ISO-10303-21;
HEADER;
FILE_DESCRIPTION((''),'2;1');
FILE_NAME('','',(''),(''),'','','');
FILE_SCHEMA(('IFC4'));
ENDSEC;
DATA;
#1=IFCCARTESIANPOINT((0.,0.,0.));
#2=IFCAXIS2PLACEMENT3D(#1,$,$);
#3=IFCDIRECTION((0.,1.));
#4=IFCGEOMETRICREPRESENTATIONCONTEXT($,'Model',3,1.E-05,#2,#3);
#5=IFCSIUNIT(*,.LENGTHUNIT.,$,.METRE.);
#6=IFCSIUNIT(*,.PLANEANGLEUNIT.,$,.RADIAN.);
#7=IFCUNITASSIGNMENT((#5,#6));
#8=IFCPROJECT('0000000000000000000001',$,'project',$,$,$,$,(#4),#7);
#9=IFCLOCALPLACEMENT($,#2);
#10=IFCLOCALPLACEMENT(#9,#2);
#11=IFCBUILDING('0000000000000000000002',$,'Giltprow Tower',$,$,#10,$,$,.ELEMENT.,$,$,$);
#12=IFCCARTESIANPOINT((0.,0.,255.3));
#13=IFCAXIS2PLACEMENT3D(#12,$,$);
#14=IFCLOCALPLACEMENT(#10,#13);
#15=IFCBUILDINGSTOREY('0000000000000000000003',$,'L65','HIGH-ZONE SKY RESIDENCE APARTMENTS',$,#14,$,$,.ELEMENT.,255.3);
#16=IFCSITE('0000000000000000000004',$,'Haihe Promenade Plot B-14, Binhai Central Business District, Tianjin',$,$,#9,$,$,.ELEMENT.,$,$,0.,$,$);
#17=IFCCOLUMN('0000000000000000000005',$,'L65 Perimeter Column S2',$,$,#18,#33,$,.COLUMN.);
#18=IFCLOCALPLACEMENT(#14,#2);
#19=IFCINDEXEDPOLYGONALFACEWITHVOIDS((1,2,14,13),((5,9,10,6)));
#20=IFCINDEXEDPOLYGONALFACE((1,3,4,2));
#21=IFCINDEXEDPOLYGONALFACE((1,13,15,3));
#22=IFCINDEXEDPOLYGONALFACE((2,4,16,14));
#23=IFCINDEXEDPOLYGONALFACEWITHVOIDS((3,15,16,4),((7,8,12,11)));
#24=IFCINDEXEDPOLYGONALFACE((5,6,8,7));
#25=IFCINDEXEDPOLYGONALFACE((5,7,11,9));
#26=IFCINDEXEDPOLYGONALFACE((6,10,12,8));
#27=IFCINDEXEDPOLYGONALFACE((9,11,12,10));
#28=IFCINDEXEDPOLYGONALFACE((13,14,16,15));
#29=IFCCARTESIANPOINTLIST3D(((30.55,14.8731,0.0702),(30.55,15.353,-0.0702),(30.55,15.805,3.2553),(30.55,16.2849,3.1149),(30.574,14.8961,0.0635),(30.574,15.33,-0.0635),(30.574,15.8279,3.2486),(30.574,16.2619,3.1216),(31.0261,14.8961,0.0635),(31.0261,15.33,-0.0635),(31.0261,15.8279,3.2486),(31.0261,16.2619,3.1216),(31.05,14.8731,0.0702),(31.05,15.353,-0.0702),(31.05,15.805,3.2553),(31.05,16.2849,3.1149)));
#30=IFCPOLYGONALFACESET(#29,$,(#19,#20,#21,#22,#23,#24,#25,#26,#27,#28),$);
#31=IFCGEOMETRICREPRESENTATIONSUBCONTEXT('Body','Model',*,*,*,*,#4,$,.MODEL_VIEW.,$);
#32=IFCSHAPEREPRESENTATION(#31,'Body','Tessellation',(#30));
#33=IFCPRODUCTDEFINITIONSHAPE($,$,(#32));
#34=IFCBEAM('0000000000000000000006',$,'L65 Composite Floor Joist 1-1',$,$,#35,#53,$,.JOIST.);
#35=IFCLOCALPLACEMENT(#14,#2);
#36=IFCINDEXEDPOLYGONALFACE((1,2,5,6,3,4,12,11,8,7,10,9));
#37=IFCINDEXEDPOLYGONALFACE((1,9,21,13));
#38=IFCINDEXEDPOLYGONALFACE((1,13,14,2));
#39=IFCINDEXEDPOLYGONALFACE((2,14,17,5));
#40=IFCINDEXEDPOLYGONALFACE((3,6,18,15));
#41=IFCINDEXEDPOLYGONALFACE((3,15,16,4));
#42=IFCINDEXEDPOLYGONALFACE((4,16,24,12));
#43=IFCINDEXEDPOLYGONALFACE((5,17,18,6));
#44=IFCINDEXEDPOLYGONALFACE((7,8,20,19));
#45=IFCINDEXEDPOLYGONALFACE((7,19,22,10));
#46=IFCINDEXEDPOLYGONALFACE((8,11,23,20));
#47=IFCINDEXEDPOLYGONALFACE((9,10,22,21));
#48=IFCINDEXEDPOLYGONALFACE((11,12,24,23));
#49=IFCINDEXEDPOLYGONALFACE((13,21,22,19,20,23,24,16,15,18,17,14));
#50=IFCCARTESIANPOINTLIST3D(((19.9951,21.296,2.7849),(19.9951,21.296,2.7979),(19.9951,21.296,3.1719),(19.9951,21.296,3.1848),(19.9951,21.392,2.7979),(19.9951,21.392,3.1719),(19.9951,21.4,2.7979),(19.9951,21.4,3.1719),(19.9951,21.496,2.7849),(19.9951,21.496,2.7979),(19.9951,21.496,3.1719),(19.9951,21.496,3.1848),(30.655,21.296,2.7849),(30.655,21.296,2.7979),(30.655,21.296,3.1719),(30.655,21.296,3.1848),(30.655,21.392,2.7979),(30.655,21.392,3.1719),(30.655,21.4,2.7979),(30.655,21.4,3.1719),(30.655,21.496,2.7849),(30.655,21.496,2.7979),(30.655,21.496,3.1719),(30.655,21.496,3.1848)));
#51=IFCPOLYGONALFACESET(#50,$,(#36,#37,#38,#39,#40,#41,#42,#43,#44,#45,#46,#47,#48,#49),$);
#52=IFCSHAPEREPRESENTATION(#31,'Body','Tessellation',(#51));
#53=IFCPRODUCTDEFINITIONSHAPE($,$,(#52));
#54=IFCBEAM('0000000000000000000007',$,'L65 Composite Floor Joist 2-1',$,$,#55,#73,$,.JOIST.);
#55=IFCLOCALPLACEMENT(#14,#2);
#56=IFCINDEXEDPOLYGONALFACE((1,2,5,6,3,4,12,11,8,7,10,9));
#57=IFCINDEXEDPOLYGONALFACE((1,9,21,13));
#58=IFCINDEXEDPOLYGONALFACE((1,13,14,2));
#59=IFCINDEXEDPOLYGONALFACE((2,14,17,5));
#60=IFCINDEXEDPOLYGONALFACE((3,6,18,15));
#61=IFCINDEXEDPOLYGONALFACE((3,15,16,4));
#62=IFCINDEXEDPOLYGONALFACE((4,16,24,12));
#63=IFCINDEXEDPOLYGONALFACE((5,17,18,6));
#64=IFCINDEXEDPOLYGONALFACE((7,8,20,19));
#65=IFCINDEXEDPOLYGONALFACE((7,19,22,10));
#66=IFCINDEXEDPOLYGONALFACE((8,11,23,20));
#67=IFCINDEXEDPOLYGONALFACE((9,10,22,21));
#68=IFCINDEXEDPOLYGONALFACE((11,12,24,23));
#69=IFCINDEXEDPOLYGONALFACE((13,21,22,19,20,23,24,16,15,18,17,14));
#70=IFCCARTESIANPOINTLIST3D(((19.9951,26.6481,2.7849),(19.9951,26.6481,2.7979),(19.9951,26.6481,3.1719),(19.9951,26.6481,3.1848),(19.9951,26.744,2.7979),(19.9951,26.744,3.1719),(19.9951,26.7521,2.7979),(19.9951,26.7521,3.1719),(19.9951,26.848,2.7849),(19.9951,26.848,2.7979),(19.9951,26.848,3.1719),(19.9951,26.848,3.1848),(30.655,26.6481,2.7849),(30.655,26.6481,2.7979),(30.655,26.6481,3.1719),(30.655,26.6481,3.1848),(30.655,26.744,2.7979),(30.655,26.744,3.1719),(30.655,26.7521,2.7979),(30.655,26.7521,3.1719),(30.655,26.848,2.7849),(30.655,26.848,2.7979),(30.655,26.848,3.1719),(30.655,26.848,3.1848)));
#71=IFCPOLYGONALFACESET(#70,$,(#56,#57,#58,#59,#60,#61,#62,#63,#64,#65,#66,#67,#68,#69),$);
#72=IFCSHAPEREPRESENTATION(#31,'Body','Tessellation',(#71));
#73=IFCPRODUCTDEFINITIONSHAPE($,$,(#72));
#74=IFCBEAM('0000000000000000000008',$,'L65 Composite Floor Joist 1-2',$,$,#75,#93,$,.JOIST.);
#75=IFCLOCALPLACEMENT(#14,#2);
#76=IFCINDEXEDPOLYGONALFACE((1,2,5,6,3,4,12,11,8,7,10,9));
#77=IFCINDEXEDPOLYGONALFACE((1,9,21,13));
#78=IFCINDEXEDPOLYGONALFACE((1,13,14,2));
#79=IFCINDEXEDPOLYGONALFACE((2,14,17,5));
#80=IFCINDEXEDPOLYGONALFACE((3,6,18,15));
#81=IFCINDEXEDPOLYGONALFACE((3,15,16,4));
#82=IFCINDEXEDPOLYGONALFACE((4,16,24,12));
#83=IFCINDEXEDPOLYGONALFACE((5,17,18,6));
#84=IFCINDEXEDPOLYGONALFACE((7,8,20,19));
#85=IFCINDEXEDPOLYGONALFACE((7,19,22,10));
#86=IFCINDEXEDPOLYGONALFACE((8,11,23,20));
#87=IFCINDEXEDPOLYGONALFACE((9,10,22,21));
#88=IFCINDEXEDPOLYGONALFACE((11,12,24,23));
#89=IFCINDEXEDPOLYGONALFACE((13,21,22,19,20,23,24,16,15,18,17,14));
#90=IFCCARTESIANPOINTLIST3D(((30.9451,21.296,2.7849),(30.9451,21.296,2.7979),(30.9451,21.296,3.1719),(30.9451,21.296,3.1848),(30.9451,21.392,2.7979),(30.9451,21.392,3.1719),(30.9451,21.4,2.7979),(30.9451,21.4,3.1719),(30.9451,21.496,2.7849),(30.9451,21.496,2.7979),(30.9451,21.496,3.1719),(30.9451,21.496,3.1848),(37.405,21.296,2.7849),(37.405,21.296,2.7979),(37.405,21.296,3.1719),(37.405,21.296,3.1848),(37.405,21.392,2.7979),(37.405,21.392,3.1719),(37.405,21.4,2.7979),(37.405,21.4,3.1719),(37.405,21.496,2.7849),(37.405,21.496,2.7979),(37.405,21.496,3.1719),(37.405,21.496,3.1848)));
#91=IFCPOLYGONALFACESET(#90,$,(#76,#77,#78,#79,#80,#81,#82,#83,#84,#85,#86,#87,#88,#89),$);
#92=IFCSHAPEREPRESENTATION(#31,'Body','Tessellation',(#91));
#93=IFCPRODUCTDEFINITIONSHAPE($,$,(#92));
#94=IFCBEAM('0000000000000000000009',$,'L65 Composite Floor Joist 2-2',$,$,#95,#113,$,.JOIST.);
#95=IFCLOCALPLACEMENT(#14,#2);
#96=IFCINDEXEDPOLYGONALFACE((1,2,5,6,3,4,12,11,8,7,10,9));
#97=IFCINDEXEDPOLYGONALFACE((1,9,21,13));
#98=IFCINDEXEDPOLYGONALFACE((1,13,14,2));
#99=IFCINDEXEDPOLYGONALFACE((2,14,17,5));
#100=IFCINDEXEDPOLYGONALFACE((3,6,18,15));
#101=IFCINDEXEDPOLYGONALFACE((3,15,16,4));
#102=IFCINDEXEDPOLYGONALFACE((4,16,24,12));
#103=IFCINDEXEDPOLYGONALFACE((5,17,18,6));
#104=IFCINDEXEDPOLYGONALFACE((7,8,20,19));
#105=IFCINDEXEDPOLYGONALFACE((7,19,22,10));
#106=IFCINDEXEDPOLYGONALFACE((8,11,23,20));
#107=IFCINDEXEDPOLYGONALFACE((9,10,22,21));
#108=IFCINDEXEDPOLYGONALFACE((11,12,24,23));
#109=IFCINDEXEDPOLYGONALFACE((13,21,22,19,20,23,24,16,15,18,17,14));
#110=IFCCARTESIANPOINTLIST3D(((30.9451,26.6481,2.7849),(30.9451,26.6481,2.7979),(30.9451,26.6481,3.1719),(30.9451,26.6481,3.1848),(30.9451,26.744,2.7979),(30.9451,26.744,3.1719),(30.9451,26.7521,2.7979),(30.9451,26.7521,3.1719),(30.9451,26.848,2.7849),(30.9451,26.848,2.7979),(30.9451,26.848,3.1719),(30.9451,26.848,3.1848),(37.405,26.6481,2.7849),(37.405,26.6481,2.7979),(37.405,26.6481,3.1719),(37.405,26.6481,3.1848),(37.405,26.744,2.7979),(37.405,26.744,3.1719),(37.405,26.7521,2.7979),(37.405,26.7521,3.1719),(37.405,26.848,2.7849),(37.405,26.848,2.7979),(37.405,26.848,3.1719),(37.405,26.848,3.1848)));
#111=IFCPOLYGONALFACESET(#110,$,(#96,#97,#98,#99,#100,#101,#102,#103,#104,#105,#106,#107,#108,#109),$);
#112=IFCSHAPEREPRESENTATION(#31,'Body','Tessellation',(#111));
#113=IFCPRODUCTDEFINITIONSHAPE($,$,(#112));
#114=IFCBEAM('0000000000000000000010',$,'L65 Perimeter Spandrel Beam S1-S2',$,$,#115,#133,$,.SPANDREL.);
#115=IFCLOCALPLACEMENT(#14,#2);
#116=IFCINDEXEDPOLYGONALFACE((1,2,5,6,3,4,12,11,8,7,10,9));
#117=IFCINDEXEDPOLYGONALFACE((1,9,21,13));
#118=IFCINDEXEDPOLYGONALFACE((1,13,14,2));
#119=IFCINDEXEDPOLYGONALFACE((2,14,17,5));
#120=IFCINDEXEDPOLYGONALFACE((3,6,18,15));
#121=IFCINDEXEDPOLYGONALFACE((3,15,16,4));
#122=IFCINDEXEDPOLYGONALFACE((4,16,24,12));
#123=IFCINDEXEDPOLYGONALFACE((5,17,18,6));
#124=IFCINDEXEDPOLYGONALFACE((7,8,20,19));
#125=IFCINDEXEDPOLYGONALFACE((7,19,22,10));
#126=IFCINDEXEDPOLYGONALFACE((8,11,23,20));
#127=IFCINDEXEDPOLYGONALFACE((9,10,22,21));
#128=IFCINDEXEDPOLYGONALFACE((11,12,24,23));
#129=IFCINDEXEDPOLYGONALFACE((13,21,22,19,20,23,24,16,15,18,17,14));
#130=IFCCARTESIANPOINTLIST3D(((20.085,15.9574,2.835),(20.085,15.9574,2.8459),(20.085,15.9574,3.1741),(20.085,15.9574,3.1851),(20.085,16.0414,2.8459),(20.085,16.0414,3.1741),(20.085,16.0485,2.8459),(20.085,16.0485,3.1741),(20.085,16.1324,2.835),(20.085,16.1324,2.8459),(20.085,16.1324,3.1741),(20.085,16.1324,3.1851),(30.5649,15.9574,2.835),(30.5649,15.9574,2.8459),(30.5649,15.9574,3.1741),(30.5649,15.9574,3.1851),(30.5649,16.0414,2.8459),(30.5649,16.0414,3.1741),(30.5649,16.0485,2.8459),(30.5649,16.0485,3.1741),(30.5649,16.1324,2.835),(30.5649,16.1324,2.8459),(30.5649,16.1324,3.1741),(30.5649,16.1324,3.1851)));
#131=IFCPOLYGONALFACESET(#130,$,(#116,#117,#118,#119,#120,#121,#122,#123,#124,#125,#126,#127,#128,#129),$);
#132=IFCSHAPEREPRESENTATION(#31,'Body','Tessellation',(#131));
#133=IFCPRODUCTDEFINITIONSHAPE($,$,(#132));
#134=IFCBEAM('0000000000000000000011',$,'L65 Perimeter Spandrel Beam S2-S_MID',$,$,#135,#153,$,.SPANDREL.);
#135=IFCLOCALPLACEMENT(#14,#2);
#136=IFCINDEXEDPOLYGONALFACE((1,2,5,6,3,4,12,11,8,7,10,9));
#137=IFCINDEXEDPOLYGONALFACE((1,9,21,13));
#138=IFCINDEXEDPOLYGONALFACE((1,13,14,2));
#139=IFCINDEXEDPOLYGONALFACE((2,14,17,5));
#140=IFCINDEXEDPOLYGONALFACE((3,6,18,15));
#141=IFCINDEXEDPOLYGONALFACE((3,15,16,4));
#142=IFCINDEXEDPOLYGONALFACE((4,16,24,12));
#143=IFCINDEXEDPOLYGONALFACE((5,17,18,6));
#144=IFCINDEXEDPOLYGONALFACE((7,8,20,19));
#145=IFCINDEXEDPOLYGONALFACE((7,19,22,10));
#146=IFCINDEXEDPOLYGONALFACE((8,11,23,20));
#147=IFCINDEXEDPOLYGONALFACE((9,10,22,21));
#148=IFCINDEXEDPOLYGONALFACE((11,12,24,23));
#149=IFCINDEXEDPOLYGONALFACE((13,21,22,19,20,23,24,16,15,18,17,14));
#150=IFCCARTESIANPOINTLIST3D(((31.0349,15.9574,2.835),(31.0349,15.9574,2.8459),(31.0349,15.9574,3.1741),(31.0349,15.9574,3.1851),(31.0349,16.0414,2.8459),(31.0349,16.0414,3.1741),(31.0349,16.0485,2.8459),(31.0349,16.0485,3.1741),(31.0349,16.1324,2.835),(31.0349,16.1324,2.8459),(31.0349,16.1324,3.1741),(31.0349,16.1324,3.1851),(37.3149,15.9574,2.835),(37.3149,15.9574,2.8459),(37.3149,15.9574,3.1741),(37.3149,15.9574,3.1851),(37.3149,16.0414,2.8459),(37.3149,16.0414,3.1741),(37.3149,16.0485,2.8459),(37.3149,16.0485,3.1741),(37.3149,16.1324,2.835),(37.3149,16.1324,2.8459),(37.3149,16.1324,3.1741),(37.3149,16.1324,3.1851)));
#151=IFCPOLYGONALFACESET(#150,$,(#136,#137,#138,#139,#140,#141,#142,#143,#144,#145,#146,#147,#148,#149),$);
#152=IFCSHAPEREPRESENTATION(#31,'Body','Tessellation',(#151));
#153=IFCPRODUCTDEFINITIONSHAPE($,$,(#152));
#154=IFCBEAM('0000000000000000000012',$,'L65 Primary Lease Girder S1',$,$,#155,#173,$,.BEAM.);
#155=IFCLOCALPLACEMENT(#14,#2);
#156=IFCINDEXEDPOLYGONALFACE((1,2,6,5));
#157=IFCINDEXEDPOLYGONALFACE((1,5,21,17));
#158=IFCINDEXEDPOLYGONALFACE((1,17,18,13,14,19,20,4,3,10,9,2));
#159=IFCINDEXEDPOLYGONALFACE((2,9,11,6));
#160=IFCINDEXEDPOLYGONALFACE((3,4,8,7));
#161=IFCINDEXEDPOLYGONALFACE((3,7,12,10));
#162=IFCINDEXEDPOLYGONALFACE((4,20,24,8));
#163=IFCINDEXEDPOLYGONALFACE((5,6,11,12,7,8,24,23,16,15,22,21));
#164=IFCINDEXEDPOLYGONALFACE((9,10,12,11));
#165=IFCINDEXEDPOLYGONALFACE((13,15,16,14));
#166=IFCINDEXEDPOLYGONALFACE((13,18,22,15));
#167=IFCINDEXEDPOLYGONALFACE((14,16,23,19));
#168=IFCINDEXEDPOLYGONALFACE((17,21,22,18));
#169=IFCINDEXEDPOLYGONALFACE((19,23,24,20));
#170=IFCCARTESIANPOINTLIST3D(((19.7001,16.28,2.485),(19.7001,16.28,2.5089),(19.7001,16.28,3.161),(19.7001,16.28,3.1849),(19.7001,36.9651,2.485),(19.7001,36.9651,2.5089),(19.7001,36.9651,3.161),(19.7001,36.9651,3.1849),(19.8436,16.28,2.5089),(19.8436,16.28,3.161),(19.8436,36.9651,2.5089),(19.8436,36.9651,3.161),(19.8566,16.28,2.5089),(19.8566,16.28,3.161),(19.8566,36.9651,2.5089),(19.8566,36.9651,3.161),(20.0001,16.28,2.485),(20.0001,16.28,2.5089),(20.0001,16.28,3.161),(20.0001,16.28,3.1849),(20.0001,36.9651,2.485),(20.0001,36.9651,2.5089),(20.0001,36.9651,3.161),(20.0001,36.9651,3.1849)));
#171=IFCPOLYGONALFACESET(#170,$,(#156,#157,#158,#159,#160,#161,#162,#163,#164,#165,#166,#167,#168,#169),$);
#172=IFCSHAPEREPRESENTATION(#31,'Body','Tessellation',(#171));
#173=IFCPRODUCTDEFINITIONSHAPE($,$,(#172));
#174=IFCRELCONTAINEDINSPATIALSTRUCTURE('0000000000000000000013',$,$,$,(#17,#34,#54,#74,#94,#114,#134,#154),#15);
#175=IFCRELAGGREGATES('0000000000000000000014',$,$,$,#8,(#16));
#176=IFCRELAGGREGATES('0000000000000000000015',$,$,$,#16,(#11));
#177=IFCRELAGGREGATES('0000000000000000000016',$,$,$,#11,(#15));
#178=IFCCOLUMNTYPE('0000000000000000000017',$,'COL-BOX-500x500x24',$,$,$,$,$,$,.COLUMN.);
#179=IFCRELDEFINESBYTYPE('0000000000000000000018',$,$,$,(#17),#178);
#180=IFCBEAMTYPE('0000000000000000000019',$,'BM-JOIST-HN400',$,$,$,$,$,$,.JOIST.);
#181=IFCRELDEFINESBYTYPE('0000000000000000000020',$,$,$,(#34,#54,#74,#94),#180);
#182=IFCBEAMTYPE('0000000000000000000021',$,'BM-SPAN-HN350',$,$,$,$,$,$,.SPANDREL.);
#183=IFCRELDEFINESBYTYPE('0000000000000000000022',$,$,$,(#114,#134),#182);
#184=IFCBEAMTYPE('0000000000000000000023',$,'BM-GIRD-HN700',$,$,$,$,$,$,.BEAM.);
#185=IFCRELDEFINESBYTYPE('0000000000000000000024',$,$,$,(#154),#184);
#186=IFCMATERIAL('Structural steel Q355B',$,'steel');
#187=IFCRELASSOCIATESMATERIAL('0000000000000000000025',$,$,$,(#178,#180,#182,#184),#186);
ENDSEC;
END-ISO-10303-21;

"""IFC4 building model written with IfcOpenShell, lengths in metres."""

from ifc_helpers import new_model, si_unit, direction, frame, origin, origin_2d, place, context, subcontext, project, spatial, hollow_rectangle, i_section, extrude, source, transform, mapped, material, material_profile, profile_set, type_object, element, save


model = new_model("IFC4")

# Units and contexts
model_context = context("Model", 3, precision=1e-05, world=origin(), true_north=direction((0.0, 1.0)))
body_context = subcontext(model_context, "Body", "Model", "MODEL_VIEW")
ifc_project = project(units=[si_unit("LENGTHUNIT", "METRE"), si_unit("PLANEANGLEUNIT", "RADIAN")], contexts=[model_context])

# Site, building, storey
site_placement = place(None, origin())
site = spatial("IfcSite", under=ifc_project, at=site_placement, Name="Haihe Promenade Plot B-14, Binhai Central Business District, Tianjin", CompositionType="ELEMENT", RefElevation=0.0)
building_placement = place(site_placement, origin())
building = spatial("IfcBuilding", under=site, at=building_placement, Name="Giltprow Tower", CompositionType="ELEMENT")
storey_placement = place(building_placement, frame((0.0, 0.0, 255.3)))
storey = spatial("IfcBuildingStorey", under=building, at=storey_placement, Name="L65", Description="HIGH-ZONE SKY RESIDENCE APARTMENTS", CompositionType="ELEMENT", Elevation=255.3)

# Column
ifc_material_1 = material(Name="Structural steel Q355B", Category="steel")
ifc_material_profile_1 = material_profile(ifc_material_1, hollow_rectangle(XDim=0.5, YDim=0.5, WallThickness=0.0239, at=origin_2d()), Name="BOX 500x500x24")
ifc_profile_set_1 = profile_set([ifc_material_profile_1], Name="Structural steel Q355B")
column_type = type_object("IfcColumnType", Name="COL-BOX-500x500x24", PredefinedType="COLUMN", material=ifc_profile_set_1)
shared_shape_1 = source(origin(), body_context, "Body", "SweptSolid", [
    extrude(hollow_rectangle(XDim=0.5, YDim=0.5, WallThickness=0.0239, at=origin_2d()), origin(), (0.0, 0.0, 1.0), 3.3186),
])
column_placement = place(storey_placement, frame((30.8, 15.113, 0.0), z_axis=(0.0, 0.280808, 0.959764), x_axis=(-1.0, 0.0, 0.0)))
element("IfcColumn", 1, at=column_placement, inside=storey, type_object=column_type, Name="L65 Perimeter Column S2", PredefinedType="COLUMN", context=body_context, shape_type="MappedRepresentation", body=[
    mapped(shared_shape_1, transform((0.0, 0.0, 0.0), x_axis=(1.0, 0.0, 0.0), y_axis=(0.0, 1.0, 0.0), z_axis=(0.0, 0.0, 1.0), scale=1.0)),
])

# Beams
ifc_material_profile_2 = material_profile(ifc_material_1, i_section(OverallWidth=0.2, OverallDepth=0.3999, WebThickness=0.0081, FlangeThickness=0.0129, at=origin_2d()), Name="HN 400x200x8x13")
ifc_profile_set_2 = profile_set([ifc_material_profile_2], Name="Structural steel Q355B")
beam_type_1 = type_object("IfcBeamType", Name="BM-JOIST-HN400", PredefinedType="JOIST", material=ifc_profile_set_2)
shared_shape_2 = source(origin(), body_context, "Body", "SweptSolid", [
    extrude(i_section(OverallWidth=0.2, OverallDepth=0.3999, WebThickness=0.0081, FlangeThickness=0.0129, at=origin_2d()), origin(), (0.0, 0.0, 1.0), 10.6599),
])
for number, where, z_axis, x_axis, name in (
    (2, (19.9951, 21.396, 2.9849), (1.0, 0.0, 0.0), (0.0, 1.0, 0.0), "L65 Composite Floor Joist 1-1"),
    (3, (19.9951, 26.748, 2.9849), (1.0, 0.0, 0.0), (0.0, 1.0, 0.0), "L65 Composite Floor Joist 2-1"),
):
    element("IfcBeam", number, at=place(storey_placement, frame(where, z_axis=z_axis, x_axis=x_axis)), inside=storey, type_object=beam_type_1, Name=name, PredefinedType="JOIST", context=body_context, shape_type="MappedRepresentation", body=[
        mapped(shared_shape_2, transform((0.0, 0.0, 0.0), x_axis=(1.0, 0.0, 0.0), y_axis=(0.0, 1.0, 0.0), z_axis=(0.0, 0.0, 1.0), scale=1.0)),
    ])
shared_shape_3 = source(origin(), body_context, "Body", "SweptSolid", [
    extrude(i_section(OverallWidth=0.2, OverallDepth=0.3999, WebThickness=0.0081, FlangeThickness=0.0129, at=origin_2d()), origin(), (0.0, 0.0, 1.0), 6.46),
])
for number, where, z_axis, x_axis, name in (
    (4, (30.9451, 21.396, 2.9849), (1.0, 0.0, 0.0), (0.0, 1.0, 0.0), "L65 Composite Floor Joist 1-2"),
    (5, (30.9451, 26.748, 2.9849), (1.0, 0.0, 0.0), (0.0, 1.0, 0.0), "L65 Composite Floor Joist 2-2"),
):
    element("IfcBeam", number, at=place(storey_placement, frame(where, z_axis=z_axis, x_axis=x_axis)), inside=storey, type_object=beam_type_1, Name=name, PredefinedType="JOIST", context=body_context, shape_type="MappedRepresentation", body=[
        mapped(shared_shape_3, transform((0.0, 0.0, 0.0), x_axis=(1.0, 0.0, 0.0), y_axis=(0.0, 1.0, 0.0), z_axis=(0.0, 0.0, 1.0), scale=1.0)),
    ])
ifc_material_profile_3 = material_profile(ifc_material_1, i_section(OverallWidth=0.175, OverallDepth=0.3501, WebThickness=0.0071, FlangeThickness=0.011, at=origin_2d()), Name="HN 350x175x7x11")
ifc_profile_set_3 = profile_set([ifc_material_profile_3], Name="Structural steel Q355B")
beam_type_2 = type_object("IfcBeamType", Name="BM-SPAN-HN350", PredefinedType="SPANDREL", material=ifc_profile_set_3)
shared_shape_4 = source(origin(), body_context, "Body", "SweptSolid", [
    extrude(i_section(OverallWidth=0.175, OverallDepth=0.3501, WebThickness=0.0071, FlangeThickness=0.011, at=origin_2d()), origin(), (0.0, 0.0, 1.0), 10.48),
])
beam_1_placement = place(storey_placement, frame((20.085, 16.0449, 3.01), z_axis=(1.0, 0.0, 0.0), x_axis=(0.0, 1.0, 0.0)))
element("IfcBeam", 6, at=beam_1_placement, inside=storey, type_object=beam_type_2, Name="L65 Perimeter Spandrel Beam S1-S2", PredefinedType="SPANDREL", context=body_context, shape_type="MappedRepresentation", body=[
    mapped(shared_shape_4, transform((0.0, 0.0, 0.0), x_axis=(1.0, 0.0, 0.0), y_axis=(0.0, 1.0, 0.0), z_axis=(0.0, 0.0, 1.0), scale=1.0)),
])
shared_shape_5 = source(origin(), body_context, "Body", "SweptSolid", [
    extrude(i_section(OverallWidth=0.175, OverallDepth=0.3501, WebThickness=0.0071, FlangeThickness=0.011, at=origin_2d()), origin(), (0.0, 0.0, 1.0), 6.28),
])
beam_2_placement = place(storey_placement, frame((31.0349, 16.0449, 3.01), z_axis=(1.0, 0.0, 0.0), x_axis=(0.0, 1.0, 0.0)))
element("IfcBeam", 7, at=beam_2_placement, inside=storey, type_object=beam_type_2, Name="L65 Perimeter Spandrel Beam S2-S_MID", PredefinedType="SPANDREL", context=body_context, shape_type="MappedRepresentation", body=[
    mapped(shared_shape_5, transform((0.0, 0.0, 0.0), x_axis=(1.0, 0.0, 0.0), y_axis=(0.0, 1.0, 0.0), z_axis=(0.0, 0.0, 1.0), scale=1.0)),
])
ifc_material_profile_4 = material_profile(ifc_material_1, i_section(OverallWidth=0.3, OverallDepth=0.7, WebThickness=0.0129, FlangeThickness=0.0239, at=origin_2d()), Name="HN 700x300x13x24")
ifc_profile_set_4 = profile_set([ifc_material_profile_4], Name="Structural steel Q355B")
beam_type_3 = type_object("IfcBeamType", Name="BM-GIRD-HN700", PredefinedType="BEAM", material=ifc_profile_set_4)
shared_shape_6 = source(origin(), body_context, "Body", "SweptSolid", [
    extrude(i_section(OverallWidth=0.3, OverallDepth=0.7, WebThickness=0.0129, FlangeThickness=0.0239, at=origin_2d()), origin(), (0.0, 0.0, 1.0), 20.6851),
])
for number, where, z_axis, x_axis, name in (
    (8, (19.8501, 16.28, 2.835), (0.0, 1.0, 0.0), (-1.0, 0.0, 0.0), "L65 Primary Lease Girder S1"),
):
    element("IfcBeam", number, at=place(storey_placement, frame(where, z_axis=z_axis, x_axis=x_axis)), inside=storey, type_object=beam_type_3, Name=name, PredefinedType="BEAM", context=body_context, shape_type="MappedRepresentation", body=[
        mapped(shared_shape_6, transform((0.0, 0.0, 0.0), x_axis=(1.0, 0.0, 0.0), y_axis=(0.0, 1.0, 0.0), z_axis=(0.0, 0.0, 1.0), scale=1.0)),
    ])

save(model, "model.ifc")
